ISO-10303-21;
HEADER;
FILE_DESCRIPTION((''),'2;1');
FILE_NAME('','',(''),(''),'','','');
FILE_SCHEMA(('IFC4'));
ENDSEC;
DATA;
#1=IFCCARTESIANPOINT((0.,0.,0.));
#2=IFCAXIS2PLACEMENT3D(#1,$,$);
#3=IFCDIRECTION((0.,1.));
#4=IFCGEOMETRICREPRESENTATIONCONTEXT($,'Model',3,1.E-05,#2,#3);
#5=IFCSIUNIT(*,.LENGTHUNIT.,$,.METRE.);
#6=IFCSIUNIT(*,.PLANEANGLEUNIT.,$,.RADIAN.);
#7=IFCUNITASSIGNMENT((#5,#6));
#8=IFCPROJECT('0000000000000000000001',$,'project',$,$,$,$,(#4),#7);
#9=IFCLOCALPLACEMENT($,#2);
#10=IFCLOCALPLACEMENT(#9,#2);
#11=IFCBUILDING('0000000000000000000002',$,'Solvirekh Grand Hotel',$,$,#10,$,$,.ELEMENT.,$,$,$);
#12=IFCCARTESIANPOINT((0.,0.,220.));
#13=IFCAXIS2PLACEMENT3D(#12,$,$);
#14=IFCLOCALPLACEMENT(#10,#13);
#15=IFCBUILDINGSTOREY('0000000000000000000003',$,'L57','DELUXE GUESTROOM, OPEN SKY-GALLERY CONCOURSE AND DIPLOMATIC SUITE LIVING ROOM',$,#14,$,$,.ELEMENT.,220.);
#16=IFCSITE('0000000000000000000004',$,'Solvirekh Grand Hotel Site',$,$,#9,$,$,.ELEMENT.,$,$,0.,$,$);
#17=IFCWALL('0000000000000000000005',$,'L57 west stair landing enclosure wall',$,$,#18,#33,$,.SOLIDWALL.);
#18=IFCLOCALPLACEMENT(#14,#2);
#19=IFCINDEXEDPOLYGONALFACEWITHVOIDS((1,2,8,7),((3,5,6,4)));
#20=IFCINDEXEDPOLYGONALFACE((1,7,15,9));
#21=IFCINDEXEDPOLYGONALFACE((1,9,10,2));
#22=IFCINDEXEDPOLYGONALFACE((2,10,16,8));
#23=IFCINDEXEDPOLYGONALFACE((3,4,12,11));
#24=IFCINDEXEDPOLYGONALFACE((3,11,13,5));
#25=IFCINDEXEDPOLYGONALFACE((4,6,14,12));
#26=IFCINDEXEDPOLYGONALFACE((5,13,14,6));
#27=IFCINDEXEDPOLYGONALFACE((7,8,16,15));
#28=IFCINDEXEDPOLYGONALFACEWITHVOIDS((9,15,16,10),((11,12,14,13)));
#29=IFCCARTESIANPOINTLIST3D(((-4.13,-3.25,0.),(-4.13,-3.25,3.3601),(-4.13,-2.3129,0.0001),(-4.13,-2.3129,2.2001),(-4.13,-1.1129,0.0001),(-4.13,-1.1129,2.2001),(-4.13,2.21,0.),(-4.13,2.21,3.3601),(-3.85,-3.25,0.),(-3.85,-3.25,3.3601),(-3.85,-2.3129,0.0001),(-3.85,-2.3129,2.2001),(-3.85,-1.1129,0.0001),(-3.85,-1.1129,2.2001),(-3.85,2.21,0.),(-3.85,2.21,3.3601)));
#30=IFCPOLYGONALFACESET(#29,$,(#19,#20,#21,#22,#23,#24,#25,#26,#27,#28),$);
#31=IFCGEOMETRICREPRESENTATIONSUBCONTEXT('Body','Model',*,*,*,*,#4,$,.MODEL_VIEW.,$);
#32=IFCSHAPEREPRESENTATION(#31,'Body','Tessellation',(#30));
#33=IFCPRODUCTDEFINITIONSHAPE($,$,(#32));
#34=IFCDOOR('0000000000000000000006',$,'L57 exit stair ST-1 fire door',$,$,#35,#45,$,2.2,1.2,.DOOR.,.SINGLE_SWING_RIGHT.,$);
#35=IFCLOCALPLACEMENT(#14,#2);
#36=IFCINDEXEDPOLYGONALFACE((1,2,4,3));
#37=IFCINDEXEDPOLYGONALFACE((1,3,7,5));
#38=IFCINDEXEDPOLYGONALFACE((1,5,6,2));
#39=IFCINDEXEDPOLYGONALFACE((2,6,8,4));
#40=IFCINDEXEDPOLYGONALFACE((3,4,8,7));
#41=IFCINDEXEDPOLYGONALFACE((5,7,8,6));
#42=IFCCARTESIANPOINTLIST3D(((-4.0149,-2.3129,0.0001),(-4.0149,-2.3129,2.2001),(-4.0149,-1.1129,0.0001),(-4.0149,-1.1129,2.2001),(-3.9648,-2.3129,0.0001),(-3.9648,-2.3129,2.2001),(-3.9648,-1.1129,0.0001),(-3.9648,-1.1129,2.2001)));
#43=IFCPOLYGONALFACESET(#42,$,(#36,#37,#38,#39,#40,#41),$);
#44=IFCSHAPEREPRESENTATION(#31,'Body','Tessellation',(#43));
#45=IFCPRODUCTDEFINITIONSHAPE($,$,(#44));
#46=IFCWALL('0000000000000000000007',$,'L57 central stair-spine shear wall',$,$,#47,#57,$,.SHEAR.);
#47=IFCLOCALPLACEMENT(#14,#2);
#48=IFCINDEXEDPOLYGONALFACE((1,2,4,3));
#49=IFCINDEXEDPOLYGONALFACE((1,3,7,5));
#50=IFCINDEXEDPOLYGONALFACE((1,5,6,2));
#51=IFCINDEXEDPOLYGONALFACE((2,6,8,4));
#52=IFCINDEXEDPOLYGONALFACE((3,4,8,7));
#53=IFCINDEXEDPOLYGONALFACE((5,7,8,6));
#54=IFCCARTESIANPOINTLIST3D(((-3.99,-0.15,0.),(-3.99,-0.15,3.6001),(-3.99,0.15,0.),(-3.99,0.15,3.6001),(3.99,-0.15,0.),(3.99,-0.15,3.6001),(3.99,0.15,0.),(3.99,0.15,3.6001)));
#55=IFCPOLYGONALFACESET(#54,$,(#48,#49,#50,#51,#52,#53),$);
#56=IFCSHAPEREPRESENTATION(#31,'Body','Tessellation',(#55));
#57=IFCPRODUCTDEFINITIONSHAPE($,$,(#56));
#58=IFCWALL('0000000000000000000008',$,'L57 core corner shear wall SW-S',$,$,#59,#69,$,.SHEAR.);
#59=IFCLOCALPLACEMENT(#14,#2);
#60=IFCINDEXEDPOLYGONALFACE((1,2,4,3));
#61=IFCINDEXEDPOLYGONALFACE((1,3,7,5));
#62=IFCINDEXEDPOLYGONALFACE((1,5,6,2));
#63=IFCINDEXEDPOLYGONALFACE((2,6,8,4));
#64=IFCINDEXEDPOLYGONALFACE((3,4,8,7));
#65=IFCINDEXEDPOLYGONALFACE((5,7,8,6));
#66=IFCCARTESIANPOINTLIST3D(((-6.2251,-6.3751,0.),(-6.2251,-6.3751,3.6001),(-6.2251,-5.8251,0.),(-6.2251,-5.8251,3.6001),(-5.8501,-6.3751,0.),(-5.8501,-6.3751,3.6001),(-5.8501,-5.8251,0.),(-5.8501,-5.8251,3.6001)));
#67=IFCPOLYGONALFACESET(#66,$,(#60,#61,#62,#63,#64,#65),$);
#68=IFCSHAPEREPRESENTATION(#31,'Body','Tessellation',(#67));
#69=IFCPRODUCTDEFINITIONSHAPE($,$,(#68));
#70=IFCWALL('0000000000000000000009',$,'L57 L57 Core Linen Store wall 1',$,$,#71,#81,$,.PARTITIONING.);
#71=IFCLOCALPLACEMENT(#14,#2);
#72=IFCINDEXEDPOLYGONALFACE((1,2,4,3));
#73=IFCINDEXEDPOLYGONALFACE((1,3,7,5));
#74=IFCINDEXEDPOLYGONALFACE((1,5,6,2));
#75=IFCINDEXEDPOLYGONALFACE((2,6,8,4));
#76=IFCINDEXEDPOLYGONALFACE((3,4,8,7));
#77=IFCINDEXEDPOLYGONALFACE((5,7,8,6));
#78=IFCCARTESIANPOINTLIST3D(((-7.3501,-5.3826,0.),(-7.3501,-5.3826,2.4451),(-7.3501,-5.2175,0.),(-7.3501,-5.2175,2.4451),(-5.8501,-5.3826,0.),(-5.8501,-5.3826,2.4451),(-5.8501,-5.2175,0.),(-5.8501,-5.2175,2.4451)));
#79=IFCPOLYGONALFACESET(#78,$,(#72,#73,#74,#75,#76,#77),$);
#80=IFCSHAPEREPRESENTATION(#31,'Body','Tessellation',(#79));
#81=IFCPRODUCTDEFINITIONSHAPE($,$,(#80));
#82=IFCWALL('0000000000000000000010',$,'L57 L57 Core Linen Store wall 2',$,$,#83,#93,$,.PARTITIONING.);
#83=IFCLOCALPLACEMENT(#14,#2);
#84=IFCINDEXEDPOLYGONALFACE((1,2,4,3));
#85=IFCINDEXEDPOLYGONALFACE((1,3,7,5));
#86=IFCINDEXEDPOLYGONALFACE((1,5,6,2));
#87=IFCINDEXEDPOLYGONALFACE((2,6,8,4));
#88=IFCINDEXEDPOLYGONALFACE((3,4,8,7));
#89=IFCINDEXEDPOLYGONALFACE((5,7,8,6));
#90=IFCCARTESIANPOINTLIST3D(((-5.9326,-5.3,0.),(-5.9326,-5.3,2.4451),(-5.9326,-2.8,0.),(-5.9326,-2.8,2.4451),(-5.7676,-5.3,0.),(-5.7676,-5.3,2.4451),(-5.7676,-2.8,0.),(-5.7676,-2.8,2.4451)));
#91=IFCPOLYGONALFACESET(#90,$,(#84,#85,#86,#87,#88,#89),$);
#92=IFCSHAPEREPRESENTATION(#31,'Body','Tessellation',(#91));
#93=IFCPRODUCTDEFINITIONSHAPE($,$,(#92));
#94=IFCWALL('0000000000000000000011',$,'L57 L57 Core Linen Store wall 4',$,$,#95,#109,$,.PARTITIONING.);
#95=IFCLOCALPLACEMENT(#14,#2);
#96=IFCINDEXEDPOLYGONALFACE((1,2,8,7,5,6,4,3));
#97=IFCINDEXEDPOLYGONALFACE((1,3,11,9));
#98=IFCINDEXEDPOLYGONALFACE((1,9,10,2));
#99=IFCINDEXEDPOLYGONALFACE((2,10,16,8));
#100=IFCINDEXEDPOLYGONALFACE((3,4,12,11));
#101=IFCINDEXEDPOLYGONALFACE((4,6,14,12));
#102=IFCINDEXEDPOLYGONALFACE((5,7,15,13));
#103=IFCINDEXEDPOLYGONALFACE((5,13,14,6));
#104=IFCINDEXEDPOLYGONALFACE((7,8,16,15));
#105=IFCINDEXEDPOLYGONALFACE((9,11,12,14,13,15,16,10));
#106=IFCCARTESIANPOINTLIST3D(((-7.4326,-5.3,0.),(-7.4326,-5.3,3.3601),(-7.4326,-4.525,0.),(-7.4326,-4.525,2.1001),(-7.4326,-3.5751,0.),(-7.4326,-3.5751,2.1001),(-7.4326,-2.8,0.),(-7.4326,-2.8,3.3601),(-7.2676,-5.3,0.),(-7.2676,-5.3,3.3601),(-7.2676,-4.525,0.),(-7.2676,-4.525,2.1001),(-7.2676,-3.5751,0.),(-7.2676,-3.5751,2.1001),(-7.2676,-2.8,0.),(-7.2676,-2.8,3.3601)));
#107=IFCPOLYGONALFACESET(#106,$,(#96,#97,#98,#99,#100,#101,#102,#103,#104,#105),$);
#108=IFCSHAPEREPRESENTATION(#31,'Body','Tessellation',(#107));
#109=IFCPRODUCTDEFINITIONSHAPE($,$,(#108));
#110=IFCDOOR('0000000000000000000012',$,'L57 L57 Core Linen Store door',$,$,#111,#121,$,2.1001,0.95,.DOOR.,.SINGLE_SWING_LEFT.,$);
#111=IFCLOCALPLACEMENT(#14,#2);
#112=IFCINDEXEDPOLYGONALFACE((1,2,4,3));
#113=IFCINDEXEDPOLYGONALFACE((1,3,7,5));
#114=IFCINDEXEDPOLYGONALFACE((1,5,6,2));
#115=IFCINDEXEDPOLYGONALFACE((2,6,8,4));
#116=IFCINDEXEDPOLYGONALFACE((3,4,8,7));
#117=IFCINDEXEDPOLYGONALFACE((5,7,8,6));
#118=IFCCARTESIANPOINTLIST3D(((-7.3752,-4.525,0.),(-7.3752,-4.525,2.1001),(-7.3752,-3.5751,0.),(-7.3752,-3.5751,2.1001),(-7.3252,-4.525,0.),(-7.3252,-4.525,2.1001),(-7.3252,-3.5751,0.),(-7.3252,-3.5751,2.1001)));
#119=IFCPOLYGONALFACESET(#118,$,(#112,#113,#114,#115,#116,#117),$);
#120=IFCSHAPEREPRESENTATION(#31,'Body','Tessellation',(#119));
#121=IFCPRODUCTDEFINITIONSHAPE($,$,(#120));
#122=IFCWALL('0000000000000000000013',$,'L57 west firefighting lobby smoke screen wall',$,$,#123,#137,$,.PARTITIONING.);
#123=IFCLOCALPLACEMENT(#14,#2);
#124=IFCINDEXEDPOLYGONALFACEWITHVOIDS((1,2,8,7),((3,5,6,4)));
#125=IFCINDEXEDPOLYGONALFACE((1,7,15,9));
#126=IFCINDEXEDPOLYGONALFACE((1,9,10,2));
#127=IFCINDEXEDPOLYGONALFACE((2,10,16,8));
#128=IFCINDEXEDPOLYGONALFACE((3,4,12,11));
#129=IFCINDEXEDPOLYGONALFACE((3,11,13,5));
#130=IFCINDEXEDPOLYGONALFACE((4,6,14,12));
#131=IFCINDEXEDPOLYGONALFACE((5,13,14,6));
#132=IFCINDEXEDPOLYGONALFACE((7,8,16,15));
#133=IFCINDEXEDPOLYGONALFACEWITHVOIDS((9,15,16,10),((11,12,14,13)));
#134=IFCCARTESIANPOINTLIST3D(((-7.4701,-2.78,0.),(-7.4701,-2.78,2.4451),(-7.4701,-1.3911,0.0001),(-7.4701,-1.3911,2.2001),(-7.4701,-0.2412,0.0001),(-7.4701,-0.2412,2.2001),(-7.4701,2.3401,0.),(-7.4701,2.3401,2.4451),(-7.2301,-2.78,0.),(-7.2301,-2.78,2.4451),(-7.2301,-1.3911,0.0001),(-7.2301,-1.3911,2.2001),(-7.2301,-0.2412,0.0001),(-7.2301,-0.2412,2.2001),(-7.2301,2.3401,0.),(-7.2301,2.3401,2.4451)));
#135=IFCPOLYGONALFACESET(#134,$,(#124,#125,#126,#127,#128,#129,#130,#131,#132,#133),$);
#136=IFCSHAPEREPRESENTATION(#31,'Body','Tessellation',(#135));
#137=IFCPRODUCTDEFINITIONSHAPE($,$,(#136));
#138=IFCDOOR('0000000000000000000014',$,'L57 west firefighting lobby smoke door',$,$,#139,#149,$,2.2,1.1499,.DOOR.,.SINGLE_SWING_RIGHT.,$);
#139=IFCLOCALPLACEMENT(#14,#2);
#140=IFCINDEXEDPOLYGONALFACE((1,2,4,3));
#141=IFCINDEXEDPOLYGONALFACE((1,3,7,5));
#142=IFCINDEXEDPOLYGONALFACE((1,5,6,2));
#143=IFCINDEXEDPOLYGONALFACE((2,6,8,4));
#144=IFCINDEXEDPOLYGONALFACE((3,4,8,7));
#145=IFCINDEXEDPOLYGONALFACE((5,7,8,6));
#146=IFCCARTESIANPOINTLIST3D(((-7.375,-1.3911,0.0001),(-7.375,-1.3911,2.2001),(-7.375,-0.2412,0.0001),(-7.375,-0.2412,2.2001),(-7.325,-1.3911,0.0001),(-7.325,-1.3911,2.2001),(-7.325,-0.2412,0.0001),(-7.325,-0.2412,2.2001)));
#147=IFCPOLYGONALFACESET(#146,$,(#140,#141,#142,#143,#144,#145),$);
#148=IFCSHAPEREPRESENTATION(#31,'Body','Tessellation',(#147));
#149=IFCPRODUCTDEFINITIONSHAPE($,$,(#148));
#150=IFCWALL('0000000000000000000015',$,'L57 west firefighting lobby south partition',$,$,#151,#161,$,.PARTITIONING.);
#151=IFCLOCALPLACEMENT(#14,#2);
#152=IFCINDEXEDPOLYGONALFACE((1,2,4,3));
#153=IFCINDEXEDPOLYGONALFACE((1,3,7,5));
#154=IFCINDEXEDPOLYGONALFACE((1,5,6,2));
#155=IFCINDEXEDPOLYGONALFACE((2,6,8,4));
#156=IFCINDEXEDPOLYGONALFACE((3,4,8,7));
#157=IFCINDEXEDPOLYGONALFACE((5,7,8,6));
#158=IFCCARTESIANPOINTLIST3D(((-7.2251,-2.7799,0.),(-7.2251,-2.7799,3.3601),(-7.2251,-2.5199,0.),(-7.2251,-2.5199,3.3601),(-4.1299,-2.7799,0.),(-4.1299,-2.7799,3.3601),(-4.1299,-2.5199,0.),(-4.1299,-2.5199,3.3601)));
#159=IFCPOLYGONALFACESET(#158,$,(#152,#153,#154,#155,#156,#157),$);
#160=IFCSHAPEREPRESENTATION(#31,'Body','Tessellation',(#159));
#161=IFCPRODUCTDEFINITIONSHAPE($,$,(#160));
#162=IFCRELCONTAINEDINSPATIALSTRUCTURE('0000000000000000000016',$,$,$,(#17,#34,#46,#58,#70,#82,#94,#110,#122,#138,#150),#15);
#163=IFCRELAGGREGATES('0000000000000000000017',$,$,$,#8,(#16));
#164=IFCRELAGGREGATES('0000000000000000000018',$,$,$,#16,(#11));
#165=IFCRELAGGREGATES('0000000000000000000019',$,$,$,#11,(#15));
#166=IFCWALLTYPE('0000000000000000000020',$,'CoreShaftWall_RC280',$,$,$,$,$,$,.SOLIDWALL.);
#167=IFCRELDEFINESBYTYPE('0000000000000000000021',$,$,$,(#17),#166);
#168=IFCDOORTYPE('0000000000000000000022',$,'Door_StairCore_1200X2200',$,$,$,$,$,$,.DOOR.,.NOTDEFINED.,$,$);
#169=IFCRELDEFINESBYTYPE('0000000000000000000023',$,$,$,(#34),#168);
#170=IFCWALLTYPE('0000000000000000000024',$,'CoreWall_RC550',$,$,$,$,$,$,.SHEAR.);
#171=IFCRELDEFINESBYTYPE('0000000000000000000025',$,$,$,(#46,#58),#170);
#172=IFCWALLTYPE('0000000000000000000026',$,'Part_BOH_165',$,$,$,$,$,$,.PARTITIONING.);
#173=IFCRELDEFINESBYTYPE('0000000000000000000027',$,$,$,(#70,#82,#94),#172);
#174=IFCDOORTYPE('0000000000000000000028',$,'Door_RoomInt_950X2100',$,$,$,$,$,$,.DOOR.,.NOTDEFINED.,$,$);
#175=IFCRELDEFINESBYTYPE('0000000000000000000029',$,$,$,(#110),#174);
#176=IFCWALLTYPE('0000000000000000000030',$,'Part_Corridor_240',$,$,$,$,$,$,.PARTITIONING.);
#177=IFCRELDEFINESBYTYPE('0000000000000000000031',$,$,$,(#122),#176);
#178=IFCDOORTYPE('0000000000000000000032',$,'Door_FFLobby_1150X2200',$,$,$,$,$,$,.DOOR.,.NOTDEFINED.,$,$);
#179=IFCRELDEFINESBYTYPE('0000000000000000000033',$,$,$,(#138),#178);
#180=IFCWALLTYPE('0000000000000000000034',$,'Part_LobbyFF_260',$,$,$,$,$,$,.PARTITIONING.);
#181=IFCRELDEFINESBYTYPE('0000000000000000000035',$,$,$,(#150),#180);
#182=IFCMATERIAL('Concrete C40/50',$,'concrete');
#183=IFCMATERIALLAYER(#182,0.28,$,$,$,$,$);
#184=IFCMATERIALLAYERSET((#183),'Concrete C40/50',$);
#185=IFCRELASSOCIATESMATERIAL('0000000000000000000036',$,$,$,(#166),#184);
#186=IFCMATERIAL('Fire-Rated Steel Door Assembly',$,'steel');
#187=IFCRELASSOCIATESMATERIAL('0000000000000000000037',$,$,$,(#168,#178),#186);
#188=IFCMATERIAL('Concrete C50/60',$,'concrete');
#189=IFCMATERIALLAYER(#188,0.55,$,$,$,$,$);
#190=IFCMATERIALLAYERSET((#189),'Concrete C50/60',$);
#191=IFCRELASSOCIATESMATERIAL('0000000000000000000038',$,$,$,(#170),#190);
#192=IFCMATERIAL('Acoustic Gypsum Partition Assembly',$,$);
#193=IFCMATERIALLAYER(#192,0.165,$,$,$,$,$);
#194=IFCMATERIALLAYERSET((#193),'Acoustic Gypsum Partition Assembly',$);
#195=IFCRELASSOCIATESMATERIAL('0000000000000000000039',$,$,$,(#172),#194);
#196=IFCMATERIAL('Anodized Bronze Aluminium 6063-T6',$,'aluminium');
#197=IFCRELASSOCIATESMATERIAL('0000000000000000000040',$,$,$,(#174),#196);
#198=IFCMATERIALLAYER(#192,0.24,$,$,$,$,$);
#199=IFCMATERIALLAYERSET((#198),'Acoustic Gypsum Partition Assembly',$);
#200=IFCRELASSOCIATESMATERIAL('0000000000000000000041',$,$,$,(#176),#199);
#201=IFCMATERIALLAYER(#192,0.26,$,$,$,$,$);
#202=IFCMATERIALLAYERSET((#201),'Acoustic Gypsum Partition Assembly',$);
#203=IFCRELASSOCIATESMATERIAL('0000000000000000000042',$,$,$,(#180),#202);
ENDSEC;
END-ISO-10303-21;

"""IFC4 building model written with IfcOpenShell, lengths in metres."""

from ifc_helpers import new_model, si_unit, direction, frame, frame_2d, origin, place, context, subcontext, project, spatial, rectangle, extrude, material, layer, layer_set, type_object, element, fill, save


model = new_model("IFC4")

# Units and contexts
model_context = context("Model", 3, precision=1e-05, world=origin(), true_north=direction((0.0, 1.0)))
body_context = subcontext(model_context, "Body", "Model", "MODEL_VIEW")
ifc_project = project(units=[si_unit("LENGTHUNIT", "METRE"), si_unit("PLANEANGLEUNIT", "RADIAN")], contexts=[model_context])

# Site, building, storey
site_placement = place(None, origin())
site = spatial("IfcSite", under=ifc_project, at=site_placement, Name="Solvirekh Grand Hotel Site", CompositionType="ELEMENT", RefElevation=0.0)
building_placement = place(site_placement, origin())
building = spatial("IfcBuilding", under=site, at=building_placement, Name="Solvirekh Grand Hotel", CompositionType="ELEMENT")
storey_placement = place(building_placement, frame((0.0, 0.0, 220.0)))
storey = spatial("IfcBuildingStorey", under=building, at=storey_placement, Name="L57", Description="DELUXE GUESTROOM, OPEN SKY-GALLERY CONCOURSE AND DIPLOMATIC SUITE LIVING ROOM", CompositionType="ELEMENT", Elevation=220.0)

# Shared definitions
ifc_material_1 = material(Name="Concrete C50/60", Category="concrete")

# Shared definitions
ifc_material_2 = material(Name="Anodized Bronze Aluminium 6063-T6", Category="aluminium")

# Shared definitions
ifc_material_3 = material(Name="Concrete C40/50", Category="concrete")

# Wall, opening, door
ifc_layer_1 = layer(ifc_material_3, 0.28)
ifc_layer_set_1 = layer_set([ifc_layer_1], Name="Concrete C40/50")
wall_type_1 = type_object("IfcWallType", Name="CoreShaftWall_RC280", PredefinedType="SOLIDWALL", material=ifc_layer_set_1)
wall_1_placement = place(storey_placement, frame((-3.99, -3.25, 0.0), z_axis=(0.0, 0.0, 1.0), x_axis=(0.0, 1.0, 0.0)))
wall_1 = element("IfcWall", 1, at=wall_1_placement, inside=storey, type_object=wall_type_1, Name="L57 west stair landing enclosure wall", PredefinedType="SOLIDWALL", context=body_context, shape_type="SweptSolid", body=[
    extrude(rectangle(XDim=5.46, YDim=0.28, at=frame_2d((2.73, 0.0))), origin(), (0.0, 0.0, 1.0), 3.3601),
])
opening_1_placement = place(wall_1_placement, frame((0.937, 0.0, 0.0)))
opening_1 = element("IfcOpeningElement", 2, at=opening_1_placement, cuts=wall_1, PredefinedType="OPENING", context=body_context, shape_type="SweptSolid", body=[
    extrude(rectangle(XDim=1.2, YDim=2.2, at=frame_2d((0.6001, 1.1001))), frame((0.0, 0.1499, 0.0), z_axis=(0.0, -1.0, 0.0), x_axis=(1.0, 0.0, 0.0)), (0.0, 0.0, 1.0), 0.3),
])
ifc_material_4 = material(Name="Fire-Rated Steel Door Assembly", Category="steel")
door_type_1 = type_object("IfcDoorType", Name="Door_StairCore_1200X2200", OperationType="NOTDEFINED", PredefinedType="DOOR", material=ifc_material_4)
door_1_placement = place(opening_1_placement, origin())
door_1 = element("IfcDoor", 3, at=door_1_placement, inside=storey, type_object=door_type_1, Name="L57 exit stair ST-1 fire door", OperationType="SINGLE_SWING_RIGHT", OverallHeight=2.2, OverallWidth=1.2, PredefinedType="DOOR", context=body_context, shape_type="SweptSolid", body=[
    extrude(rectangle(XDim=1.2, YDim=2.2, at=frame_2d((0.6001, 1.1001))), frame((0.0, 0.0249, 0.0), z_axis=(0.0, -1.0, 0.0), x_axis=(1.0, 0.0, 0.0)), (0.0, 0.0, 1.0), 0.05),
])
fill(opening_1, door_1)

# Walls
ifc_layer_2 = layer(ifc_material_1, 0.55)
ifc_layer_set_2 = layer_set([ifc_layer_2], Name="Concrete C50/60")
wall_type_2 = type_object("IfcWallType", Name="CoreWall_RC550", PredefinedType="SHEAR", material=ifc_layer_set_2)
wall_2_placement = place(storey_placement, frame((-3.99, 0.0, 0.0), z_axis=(0.0, 0.0, 1.0), x_axis=(1.0, 0.0, 0.0)))
element("IfcWall", 4, at=wall_2_placement, inside=storey, type_object=wall_type_2, Name="L57 central stair-spine shear wall", PredefinedType="SHEAR", context=body_context, shape_type="SweptSolid", body=[
    extrude(rectangle(XDim=7.98, YDim=0.3, at=frame_2d((3.99, 0.0))), origin(), (0.0, 0.0, 1.0), 3.6001),
])
wall_3_placement = place(storey_placement, frame((-6.2251, -6.1001, 0.0), z_axis=(0.0, 0.0, 1.0), x_axis=(1.0, 0.0, 0.0)))
element("IfcWall", 5, at=wall_3_placement, inside=storey, type_object=wall_type_2, Name="L57 core corner shear wall SW-S", PredefinedType="SHEAR", context=body_context, shape_type="SweptSolid", body=[
    extrude(rectangle(XDim=0.375, YDim=0.55, at=frame_2d((0.1875, 0.0))), origin(), (0.0, 0.0, 1.0), 3.6001),
])
ifc_material_5 = material(Name="Acoustic Gypsum Partition Assembly")
ifc_layer_3 = layer(ifc_material_5, 0.165)
ifc_layer_set_3 = layer_set([ifc_layer_3], Name="Acoustic Gypsum Partition Assembly")
wall_type_3 = type_object("IfcWallType", Name="Part_BOH_165", PredefinedType="PARTITIONING", material=ifc_layer_set_3)
wall_4_placement = place(storey_placement, frame((-7.3501, -5.3, 0.0), z_axis=(0.0, 0.0, 1.0), x_axis=(1.0, 0.0, 0.0)))
element("IfcWall", 6, at=wall_4_placement, inside=storey, type_object=wall_type_3, Name="L57 L57 Core Linen Store wall 1", PredefinedType="PARTITIONING", context=body_context, shape_type="SweptSolid", body=[
    extrude(rectangle(XDim=1.5, YDim=0.165, at=frame_2d((0.75, 0.0))), origin(), (0.0, 0.0, 1.0), 2.4451),
])
wall_5_placement = place(storey_placement, frame((-5.8501, -5.3, 0.0), z_axis=(0.0, 0.0, 1.0), x_axis=(0.0, 1.0, 0.0)))
element("IfcWall", 7, at=wall_5_placement, inside=storey, type_object=wall_type_3, Name="L57 L57 Core Linen Store wall 2", PredefinedType="PARTITIONING", context=body_context, shape_type="SweptSolid", body=[
    extrude(rectangle(XDim=2.5, YDim=0.165, at=frame_2d((1.25, 0.0))), origin(), (0.0, 0.0, 1.0), 2.4451),
])

# Walls, openings, doors
wall_6_placement = place(storey_placement, frame((-7.3501, -2.8, 0.0), z_axis=(0.0, 0.0, 1.0), x_axis=(0.0, -1.0, 0.0)))
wall_6 = element("IfcWall", 8, at=wall_6_placement, inside=storey, type_object=wall_type_3, Name="L57 L57 Core Linen Store wall 4", PredefinedType="PARTITIONING", context=body_context, shape_type="SweptSolid", body=[
    extrude(rectangle(XDim=2.5, YDim=0.165, at=frame_2d((1.25, 0.0))), origin(), (0.0, 0.0, 1.0), 3.3601),
])
opening_2_placement = place(wall_6_placement, frame((0.7749, 0.0, 0.0)))
opening_2 = element("IfcOpeningElement", 9, at=opening_2_placement, cuts=wall_6, PredefinedType="OPENING", context=body_context, shape_type="SweptSolid", body=[
    extrude(rectangle(XDim=0.95, YDim=2.1001, at=frame_2d((0.4751, 1.05))), frame((0.0, 0.0925, 0.0), z_axis=(0.0, -1.0, 0.0), x_axis=(1.0, 0.0, 0.0)), (0.0, 0.0, 1.0), 0.1851),
])
door_type_2 = type_object("IfcDoorType", Name="Door_RoomInt_950X2100", OperationType="NOTDEFINED", PredefinedType="DOOR", material=ifc_material_2)
door_2_placement = place(opening_2_placement, origin())
door_2 = element("IfcDoor", 10, at=door_2_placement, inside=storey, type_object=door_type_2, Name="L57 L57 Core Linen Store door", OperationType="SINGLE_SWING_LEFT", OverallHeight=2.1001, OverallWidth=0.95, PredefinedType="DOOR", context=body_context, shape_type="SweptSolid", body=[
    extrude(rectangle(XDim=0.95, YDim=2.1001, at=frame_2d((0.4751, 1.05))), frame((0.0, 0.0249, 0.0), z_axis=(0.0, -1.0, 0.0), x_axis=(1.0, 0.0, 0.0)), (0.0, 0.0, 1.0), 0.05),
])
fill(opening_2, door_2)
ifc_layer_4 = layer(ifc_material_5, 0.24)
ifc_layer_set_4 = layer_set([ifc_layer_4], Name="Acoustic Gypsum Partition Assembly")
wall_type_4 = type_object("IfcWallType", Name="Part_Corridor_240", PredefinedType="PARTITIONING", material=ifc_layer_set_4)
wall_7_placement = place(storey_placement, frame((-7.3501, -2.78, 0.0), z_axis=(0.0, 0.0, 1.0), x_axis=(0.0, 1.0, 0.0)))
wall_7 = element("IfcWall", 11, at=wall_7_placement, inside=storey, type_object=wall_type_4, Name="L57 west firefighting lobby smoke screen wall", PredefinedType="PARTITIONING", context=body_context, shape_type="SweptSolid", body=[
    extrude(rectangle(XDim=5.1201, YDim=0.24, at=frame_2d((2.5601, 0.0))), origin(), (0.0, 0.0, 1.0), 2.4451),
])
opening_3_placement = place(wall_7_placement, frame((1.3889, 0.0, 0.0)))
opening_3 = element("IfcOpeningElement", 12, at=opening_3_placement, cuts=wall_7, PredefinedType="OPENING", context=body_context, shape_type="SweptSolid", body=[
    extrude(rectangle(XDim=1.1499, YDim=2.2, at=frame_2d((0.575, 1.1001))), frame((0.0, 0.1299, 0.0), z_axis=(0.0, -1.0, 0.0), x_axis=(1.0, 0.0, 0.0)), (0.0, 0.0, 1.0), 0.26),
])
door_type_3 = type_object("IfcDoorType", Name="Door_FFLobby_1150X2200", OperationType="NOTDEFINED", PredefinedType="DOOR", material=ifc_material_4)
door_3_placement = place(opening_3_placement, origin())
door_3 = element("IfcDoor", 13, at=door_3_placement, inside=storey, type_object=door_type_3, Name="L57 west firefighting lobby smoke door", OperationType="SINGLE_SWING_RIGHT", OverallHeight=2.2, OverallWidth=1.1499, PredefinedType="DOOR", context=body_context, shape_type="SweptSolid", body=[
    extrude(rectangle(XDim=1.1499, YDim=2.2, at=frame_2d((0.575, 1.1001))), frame((0.0, 0.0249, 0.0), z_axis=(0.0, -1.0, 0.0), x_axis=(1.0, 0.0, 0.0)), (0.0, 0.0, 1.0), 0.05),
])
fill(opening_3, door_3)

# Wall
ifc_layer_5 = layer(ifc_material_5, 0.26)
ifc_layer_set_5 = layer_set([ifc_layer_5], Name="Acoustic Gypsum Partition Assembly")
wall_type_5 = type_object("IfcWallType", Name="Part_LobbyFF_260", PredefinedType="PARTITIONING", material=ifc_layer_set_5)
wall_8_placement = place(storey_placement, frame((-7.2251, -2.6499, 0.0), z_axis=(0.0, 0.0, 1.0), x_axis=(1.0, 0.0, 0.0)))
element("IfcWall", 14, at=wall_8_placement, inside=storey, type_object=wall_type_5, Name="L57 west firefighting lobby south partition", PredefinedType="PARTITIONING", context=body_context, shape_type="SweptSolid", body=[
    extrude(rectangle(XDim=3.0952, YDim=0.26, at=frame_2d((1.5476, 0.0))), origin(), (0.0, 0.0, 1.0), 3.3601),
])

save(model, "model.ifc")
